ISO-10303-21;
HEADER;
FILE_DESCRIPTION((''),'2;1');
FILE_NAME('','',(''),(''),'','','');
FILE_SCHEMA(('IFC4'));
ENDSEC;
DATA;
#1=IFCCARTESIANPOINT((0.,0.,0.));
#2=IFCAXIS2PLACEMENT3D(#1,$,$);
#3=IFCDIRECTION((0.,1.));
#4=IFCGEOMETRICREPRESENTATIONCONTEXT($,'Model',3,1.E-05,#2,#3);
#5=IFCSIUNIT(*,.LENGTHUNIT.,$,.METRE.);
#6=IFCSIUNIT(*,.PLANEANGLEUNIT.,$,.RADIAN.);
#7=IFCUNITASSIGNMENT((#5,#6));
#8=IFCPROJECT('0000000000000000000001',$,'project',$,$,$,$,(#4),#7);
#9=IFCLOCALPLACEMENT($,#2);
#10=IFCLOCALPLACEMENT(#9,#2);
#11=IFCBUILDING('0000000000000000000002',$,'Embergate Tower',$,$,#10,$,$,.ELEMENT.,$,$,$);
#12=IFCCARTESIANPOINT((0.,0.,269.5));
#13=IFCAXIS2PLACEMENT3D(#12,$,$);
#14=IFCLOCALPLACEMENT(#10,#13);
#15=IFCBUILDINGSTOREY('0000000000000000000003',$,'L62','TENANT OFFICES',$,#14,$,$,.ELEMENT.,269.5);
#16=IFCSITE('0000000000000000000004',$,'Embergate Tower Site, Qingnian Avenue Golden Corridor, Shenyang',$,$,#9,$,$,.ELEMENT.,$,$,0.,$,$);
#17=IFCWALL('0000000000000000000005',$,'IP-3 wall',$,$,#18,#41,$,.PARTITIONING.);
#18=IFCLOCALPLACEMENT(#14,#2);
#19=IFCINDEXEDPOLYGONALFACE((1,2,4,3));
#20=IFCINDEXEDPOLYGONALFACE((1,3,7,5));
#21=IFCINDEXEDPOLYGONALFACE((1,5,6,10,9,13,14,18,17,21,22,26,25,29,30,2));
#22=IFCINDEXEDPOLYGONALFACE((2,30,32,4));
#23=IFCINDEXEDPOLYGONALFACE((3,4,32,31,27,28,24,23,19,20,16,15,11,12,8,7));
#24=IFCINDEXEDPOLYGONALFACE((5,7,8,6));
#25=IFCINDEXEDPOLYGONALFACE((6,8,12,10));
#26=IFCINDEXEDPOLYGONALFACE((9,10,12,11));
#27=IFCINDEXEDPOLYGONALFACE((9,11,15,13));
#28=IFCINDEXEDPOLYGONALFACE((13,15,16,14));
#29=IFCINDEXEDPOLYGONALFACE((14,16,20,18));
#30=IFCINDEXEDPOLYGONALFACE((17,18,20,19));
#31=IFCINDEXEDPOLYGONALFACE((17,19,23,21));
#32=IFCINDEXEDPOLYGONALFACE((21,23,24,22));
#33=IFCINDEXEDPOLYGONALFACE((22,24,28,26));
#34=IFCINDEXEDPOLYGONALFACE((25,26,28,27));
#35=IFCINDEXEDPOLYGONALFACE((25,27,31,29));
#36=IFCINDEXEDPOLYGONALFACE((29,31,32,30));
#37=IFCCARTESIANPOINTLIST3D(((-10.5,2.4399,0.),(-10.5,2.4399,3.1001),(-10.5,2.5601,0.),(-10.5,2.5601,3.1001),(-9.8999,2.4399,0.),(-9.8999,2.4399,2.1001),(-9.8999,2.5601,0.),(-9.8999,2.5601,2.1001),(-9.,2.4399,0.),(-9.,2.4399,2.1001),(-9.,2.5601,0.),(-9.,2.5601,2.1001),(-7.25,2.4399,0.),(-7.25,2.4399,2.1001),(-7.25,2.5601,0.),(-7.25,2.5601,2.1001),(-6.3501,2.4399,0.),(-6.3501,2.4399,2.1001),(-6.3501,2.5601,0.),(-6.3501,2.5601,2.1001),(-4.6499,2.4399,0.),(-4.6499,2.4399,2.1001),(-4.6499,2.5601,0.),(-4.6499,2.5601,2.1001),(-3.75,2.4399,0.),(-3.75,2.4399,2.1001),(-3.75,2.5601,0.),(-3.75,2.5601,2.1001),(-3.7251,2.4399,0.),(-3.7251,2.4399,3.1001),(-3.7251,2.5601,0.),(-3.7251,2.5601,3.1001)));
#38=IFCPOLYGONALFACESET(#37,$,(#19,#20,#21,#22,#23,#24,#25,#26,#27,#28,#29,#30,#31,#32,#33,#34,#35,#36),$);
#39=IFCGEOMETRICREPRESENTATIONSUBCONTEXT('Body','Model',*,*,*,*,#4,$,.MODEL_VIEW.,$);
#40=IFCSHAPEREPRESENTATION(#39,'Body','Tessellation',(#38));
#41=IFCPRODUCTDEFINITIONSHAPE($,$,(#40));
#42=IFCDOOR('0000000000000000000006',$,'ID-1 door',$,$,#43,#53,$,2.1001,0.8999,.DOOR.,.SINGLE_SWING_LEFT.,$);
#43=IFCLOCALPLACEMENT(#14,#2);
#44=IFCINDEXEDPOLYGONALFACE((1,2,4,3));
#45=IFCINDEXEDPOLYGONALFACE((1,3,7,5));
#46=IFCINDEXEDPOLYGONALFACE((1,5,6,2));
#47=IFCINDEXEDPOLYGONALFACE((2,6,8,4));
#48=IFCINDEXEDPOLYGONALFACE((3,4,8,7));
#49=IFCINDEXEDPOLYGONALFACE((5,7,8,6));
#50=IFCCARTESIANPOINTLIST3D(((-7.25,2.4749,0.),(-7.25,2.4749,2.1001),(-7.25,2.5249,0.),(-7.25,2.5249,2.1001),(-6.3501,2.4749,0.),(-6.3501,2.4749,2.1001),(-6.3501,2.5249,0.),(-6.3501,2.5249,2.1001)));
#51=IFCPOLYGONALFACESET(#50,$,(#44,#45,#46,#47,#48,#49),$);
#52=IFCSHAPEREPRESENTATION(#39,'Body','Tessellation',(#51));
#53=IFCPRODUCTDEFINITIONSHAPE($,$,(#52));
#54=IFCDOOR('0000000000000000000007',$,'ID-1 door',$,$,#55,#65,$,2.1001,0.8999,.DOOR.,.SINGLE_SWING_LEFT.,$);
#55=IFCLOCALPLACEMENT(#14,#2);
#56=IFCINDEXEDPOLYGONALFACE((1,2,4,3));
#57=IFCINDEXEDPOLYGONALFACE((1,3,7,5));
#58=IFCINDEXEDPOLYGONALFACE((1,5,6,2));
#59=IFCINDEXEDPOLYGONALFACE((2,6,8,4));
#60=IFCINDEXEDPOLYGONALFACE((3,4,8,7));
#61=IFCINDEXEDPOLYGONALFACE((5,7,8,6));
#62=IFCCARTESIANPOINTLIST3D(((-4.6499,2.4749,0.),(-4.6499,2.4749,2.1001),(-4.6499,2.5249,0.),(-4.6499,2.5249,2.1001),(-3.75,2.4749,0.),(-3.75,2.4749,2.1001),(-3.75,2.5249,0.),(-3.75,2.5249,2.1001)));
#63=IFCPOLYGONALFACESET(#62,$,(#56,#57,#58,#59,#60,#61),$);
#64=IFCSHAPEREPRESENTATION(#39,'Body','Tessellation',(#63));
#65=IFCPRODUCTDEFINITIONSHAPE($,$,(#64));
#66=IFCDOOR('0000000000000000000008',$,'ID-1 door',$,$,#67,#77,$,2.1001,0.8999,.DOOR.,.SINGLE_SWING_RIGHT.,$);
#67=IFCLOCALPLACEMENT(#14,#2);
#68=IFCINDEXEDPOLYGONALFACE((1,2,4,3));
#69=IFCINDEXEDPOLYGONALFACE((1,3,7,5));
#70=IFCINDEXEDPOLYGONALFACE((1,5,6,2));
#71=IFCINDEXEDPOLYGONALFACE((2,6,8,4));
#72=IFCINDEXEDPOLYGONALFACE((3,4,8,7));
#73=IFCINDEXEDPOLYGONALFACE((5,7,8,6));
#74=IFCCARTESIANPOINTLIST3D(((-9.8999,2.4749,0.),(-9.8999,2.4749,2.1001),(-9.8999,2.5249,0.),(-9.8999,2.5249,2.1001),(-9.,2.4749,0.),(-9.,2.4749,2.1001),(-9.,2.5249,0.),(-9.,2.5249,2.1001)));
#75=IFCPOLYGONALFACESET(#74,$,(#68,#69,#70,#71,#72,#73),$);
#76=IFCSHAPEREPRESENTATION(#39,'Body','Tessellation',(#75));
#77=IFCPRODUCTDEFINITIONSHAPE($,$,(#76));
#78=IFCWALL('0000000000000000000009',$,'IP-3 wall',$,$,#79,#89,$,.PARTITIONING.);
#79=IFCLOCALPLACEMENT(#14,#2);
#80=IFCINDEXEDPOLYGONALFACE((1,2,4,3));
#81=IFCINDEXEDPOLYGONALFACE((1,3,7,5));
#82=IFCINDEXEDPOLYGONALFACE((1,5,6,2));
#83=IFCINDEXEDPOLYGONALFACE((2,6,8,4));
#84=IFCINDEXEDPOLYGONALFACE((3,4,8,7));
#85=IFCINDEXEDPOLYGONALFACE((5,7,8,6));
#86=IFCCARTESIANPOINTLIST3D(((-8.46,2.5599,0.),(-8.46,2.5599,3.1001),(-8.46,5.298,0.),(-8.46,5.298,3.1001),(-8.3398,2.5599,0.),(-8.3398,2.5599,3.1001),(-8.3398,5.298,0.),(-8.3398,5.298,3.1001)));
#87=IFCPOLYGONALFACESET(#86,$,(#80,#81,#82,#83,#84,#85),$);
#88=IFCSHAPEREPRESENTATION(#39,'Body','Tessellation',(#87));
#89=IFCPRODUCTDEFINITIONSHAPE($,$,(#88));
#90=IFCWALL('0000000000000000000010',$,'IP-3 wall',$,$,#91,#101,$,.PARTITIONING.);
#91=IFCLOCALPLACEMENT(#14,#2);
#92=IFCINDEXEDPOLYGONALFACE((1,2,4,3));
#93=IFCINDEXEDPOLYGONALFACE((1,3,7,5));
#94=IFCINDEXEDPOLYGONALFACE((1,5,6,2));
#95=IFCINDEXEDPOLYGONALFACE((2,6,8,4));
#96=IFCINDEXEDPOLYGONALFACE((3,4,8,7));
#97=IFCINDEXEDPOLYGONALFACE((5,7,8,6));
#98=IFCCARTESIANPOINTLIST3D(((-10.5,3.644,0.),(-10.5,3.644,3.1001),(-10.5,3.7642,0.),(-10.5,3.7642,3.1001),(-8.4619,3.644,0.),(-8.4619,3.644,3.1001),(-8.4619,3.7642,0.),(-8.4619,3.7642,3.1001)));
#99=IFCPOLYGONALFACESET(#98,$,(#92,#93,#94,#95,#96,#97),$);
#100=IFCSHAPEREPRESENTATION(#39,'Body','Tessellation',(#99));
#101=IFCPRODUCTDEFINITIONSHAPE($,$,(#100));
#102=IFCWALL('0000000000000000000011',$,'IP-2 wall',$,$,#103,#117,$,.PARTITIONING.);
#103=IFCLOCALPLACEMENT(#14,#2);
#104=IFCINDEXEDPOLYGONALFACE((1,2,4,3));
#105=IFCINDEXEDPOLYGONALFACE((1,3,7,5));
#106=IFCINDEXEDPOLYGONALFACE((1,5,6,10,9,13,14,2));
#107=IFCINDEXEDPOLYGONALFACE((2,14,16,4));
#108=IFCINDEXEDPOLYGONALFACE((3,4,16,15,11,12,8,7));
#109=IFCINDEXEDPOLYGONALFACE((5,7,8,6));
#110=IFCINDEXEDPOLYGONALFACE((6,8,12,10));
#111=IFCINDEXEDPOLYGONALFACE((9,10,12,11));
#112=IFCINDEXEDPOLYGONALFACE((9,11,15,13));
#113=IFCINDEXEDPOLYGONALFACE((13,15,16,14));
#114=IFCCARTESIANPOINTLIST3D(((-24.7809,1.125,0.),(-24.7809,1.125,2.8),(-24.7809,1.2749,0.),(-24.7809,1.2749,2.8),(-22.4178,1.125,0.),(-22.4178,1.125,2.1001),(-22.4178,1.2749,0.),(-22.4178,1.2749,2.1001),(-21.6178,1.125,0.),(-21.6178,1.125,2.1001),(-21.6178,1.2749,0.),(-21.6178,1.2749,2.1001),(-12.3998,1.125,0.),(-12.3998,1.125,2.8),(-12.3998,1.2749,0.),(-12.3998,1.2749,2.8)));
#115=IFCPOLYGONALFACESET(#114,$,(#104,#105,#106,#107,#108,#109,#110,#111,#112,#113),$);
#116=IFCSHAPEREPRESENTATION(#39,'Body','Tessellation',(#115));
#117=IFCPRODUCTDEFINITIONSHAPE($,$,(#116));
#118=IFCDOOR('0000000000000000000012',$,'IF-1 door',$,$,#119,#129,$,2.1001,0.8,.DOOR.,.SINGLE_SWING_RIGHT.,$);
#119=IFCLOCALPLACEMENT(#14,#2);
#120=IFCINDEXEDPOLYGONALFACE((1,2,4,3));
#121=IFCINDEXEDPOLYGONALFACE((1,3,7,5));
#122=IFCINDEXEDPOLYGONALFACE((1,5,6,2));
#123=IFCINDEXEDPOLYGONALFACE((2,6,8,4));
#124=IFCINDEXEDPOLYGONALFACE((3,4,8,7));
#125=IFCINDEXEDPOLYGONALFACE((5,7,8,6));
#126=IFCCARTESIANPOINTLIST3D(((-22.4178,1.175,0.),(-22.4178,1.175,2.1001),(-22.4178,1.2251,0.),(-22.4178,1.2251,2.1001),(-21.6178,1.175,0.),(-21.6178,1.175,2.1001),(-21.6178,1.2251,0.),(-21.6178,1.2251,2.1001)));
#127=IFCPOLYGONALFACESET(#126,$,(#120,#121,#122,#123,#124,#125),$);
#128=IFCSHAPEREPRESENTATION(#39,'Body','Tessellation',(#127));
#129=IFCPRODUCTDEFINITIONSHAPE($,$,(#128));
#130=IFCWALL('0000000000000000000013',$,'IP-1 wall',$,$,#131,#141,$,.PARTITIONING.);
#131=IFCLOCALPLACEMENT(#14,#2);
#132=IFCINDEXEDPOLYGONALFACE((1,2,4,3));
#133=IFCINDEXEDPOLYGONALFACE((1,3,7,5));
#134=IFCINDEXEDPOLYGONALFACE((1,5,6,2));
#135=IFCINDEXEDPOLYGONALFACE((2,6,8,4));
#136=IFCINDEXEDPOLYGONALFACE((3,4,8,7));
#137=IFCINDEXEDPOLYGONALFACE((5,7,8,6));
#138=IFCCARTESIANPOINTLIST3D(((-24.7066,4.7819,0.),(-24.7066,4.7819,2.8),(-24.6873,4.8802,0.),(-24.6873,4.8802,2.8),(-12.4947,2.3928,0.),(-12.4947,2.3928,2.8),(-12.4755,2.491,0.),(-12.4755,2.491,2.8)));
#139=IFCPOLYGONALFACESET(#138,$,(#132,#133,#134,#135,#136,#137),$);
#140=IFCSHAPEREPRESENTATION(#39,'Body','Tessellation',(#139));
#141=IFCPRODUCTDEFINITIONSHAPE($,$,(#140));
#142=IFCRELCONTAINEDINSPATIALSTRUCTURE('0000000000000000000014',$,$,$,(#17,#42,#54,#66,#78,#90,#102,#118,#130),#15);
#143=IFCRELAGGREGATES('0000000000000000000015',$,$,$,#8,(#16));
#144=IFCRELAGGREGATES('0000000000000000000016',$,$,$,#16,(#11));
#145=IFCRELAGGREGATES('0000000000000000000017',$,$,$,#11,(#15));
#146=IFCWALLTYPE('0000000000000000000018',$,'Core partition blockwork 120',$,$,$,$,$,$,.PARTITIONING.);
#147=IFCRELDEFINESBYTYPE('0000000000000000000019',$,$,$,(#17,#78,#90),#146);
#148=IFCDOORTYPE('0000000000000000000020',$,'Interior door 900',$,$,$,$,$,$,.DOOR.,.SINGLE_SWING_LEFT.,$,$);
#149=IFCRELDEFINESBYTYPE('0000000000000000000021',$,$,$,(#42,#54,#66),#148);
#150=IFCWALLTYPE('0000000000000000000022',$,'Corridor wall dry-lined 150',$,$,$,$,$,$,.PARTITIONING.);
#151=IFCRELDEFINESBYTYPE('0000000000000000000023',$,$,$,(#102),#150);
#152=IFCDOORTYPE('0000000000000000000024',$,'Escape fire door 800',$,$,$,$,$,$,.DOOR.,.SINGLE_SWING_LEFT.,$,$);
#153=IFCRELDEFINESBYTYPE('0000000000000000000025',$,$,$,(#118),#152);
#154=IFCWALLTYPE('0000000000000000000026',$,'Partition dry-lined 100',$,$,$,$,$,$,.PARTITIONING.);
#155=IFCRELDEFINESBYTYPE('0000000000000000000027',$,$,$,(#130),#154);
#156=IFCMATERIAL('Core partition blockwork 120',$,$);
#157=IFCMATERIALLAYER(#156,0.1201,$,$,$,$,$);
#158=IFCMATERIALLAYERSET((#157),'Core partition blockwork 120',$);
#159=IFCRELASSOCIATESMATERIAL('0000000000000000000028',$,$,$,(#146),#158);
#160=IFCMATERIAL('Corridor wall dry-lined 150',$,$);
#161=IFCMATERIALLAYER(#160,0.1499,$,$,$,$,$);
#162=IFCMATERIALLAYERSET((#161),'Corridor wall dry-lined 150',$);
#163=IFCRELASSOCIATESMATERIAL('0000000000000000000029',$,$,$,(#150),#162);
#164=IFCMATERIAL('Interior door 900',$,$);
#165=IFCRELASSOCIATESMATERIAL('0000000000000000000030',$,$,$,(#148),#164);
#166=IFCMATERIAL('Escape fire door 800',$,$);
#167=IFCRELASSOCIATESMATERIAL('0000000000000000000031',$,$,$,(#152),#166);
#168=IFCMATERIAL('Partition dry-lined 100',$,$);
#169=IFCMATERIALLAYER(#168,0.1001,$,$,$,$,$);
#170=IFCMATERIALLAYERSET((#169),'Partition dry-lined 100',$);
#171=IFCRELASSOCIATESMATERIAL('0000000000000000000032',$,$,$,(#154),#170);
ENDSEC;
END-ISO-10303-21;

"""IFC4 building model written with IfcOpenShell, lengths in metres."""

from ifc_helpers import new_model, si_unit, direction, frame, frame_2d, origin, place, context, subcontext, project, spatial, rectangle, extrude, source, transform, mapped, material, layer, layer_set, type_object, element, fill, save


model = new_model("IFC4")

# Units and contexts
model_context = context("Model", 3, precision=1e-05, world=origin(), true_north=direction((0.0, 1.0)))
body_context = subcontext(model_context, "Body", "Model", "MODEL_VIEW")
ifc_project = project(units=[si_unit("LENGTHUNIT", "METRE"), si_unit("PLANEANGLEUNIT", "RADIAN")], contexts=[model_context])

# Site, building, storey
site_placement = place(None, origin())
site = spatial("IfcSite", under=ifc_project, at=site_placement, Name="Embergate Tower Site, Qingnian Avenue Golden Corridor, Shenyang", CompositionType="ELEMENT", RefElevation=0.0)
building_placement = place(site_placement, origin())
building = spatial("IfcBuilding", under=site, at=building_placement, Name="Embergate Tower", CompositionType="ELEMENT")
storey_placement = place(building_placement, frame((0.0, 0.0, 269.5)))
storey = spatial("IfcBuildingStorey", under=building, at=storey_placement, Name="L62", Description="TENANT OFFICES", CompositionType="ELEMENT", Elevation=269.5)

# Shared definitions
ifc_material_1 = material(Name="Core partition blockwork 120")
ifc_layer_1 = layer(ifc_material_1, 0.1201)
ifc_layer_set_1 = layer_set([ifc_layer_1], Name="Core partition blockwork 120")
wall_type_1 = type_object("IfcWallType", Name="Core partition blockwork 120", PredefinedType="PARTITIONING", material=ifc_layer_set_1)
ifc_material_2 = material(Name="Corridor wall dry-lined 150")
ifc_layer_2 = layer(ifc_material_2, 0.1499)
ifc_layer_set_2 = layer_set([ifc_layer_2], Name="Corridor wall dry-lined 150")
wall_type_2 = type_object("IfcWallType", Name="Corridor wall dry-lined 150", PredefinedType="PARTITIONING", material=ifc_layer_set_2)

# Wall, openings, doors
shared_shape_1 = source(origin(), body_context, "Body", "SweptSolid", [
    extrude(rectangle(XDim=6.7749, YDim=0.1201, at=frame_2d((3.3875, 0.0))), origin(), (0.0, 0.0, 1.0), 3.1001),
])
wall_1_placement = place(storey_placement, frame((-10.5, 2.5, 0.0), z_axis=(0.0, 0.0, 1.0), x_axis=(1.0, 0.0, 0.0)))
wall_1 = element("IfcWall", 1, at=wall_1_placement, inside=storey, type_object=wall_type_1, Name="IP-3 wall", PredefinedType="PARTITIONING", context=body_context, shape_type="MappedRepresentation", body=[
    mapped(shared_shape_1, transform((0.0, 0.0, 0.0))),
])
shared_shape_2 = source(origin(), body_context, "Body", "SweptSolid", [
    extrude(rectangle(XDim=0.8999, YDim=2.1001, at=frame_2d((0.45, 1.05))), frame((0.0, 0.0701, 0.0), z_axis=(0.0, -1.0, 0.0), x_axis=(1.0, 0.0, 0.0)), (0.0, 0.0, 1.0), 0.1401),
])
opening_1_placement = place(wall_1_placement, frame((3.25, 0.0, 0.0)))
opening_1 = element("IfcOpeningElement", 2, at=opening_1_placement, cuts=wall_1, PredefinedType="OPENING", context=body_context, shape_type="MappedRepresentation", body=[
    mapped(shared_shape_2, transform((0.0, 0.0, 0.0))),
])
opening_2_placement = place(wall_1_placement, frame((5.8501, 0.0, 0.0)))
opening_2 = element("IfcOpeningElement", 3, at=opening_2_placement, cuts=wall_1, PredefinedType="OPENING", context=body_context, shape_type="MappedRepresentation", body=[
    mapped(shared_shape_2, transform((0.0, 0.0, 0.0))),
])
opening_3_placement = place(wall_1_placement, frame((0.6001, 0.0, 0.0)))
opening_3 = element("IfcOpeningElement", 4, at=opening_3_placement, cuts=wall_1, PredefinedType="OPENING", context=body_context, shape_type="MappedRepresentation", body=[
    mapped(shared_shape_2, transform((0.0, 0.0, 0.0))),
])
ifc_material_3 = material(Name="Interior door 900")
door_type_1 = type_object("IfcDoorType", Name="Interior door 900", OperationType="SINGLE_SWING_LEFT", PredefinedType="DOOR", material=ifc_material_3)
shared_shape_3 = source(origin(), body_context, "Body", "SweptSolid", [
    extrude(rectangle(XDim=0.8999, YDim=2.1001, at=frame_2d((0.45, 1.05))), frame((0.0, 0.0249, 0.0), z_axis=(0.0, -1.0, 0.0), x_axis=(1.0, 0.0, 0.0)), (0.0, 0.0, 1.0), 0.05),
])
door_1_placement = place(opening_1_placement, origin())
door_1 = element("IfcDoor", 5, at=door_1_placement, inside=storey, type_object=door_type_1, Name="ID-1 door", OperationType="SINGLE_SWING_LEFT", OverallHeight=2.1001, OverallWidth=0.8999, PredefinedType="DOOR", context=body_context, shape_type="MappedRepresentation", body=[
    mapped(shared_shape_3, transform((0.0, 0.0, 0.0))),
])
fill(opening_1, door_1)
door_2_placement = place(opening_2_placement, origin())
door_2 = element("IfcDoor", 6, at=door_2_placement, inside=storey, type_object=door_type_1, Name="ID-1 door", OperationType="SINGLE_SWING_LEFT", OverallHeight=2.1001, OverallWidth=0.8999, PredefinedType="DOOR", context=body_context, shape_type="MappedRepresentation", body=[
    mapped(shared_shape_3, transform((0.0, 0.0, 0.0))),
])
fill(opening_2, door_2)
door_3_placement = place(opening_3_placement, origin())
door_3 = element("IfcDoor", 7, at=door_3_placement, inside=storey, type_object=door_type_1, Name="ID-1 door", OperationType="SINGLE_SWING_RIGHT", OverallHeight=2.1001, OverallWidth=0.8999, PredefinedType="DOOR", context=body_context, shape_type="MappedRepresentation", body=[
    mapped(shared_shape_3, transform((0.0, 0.0, 0.0))),
])
fill(opening_3, door_3)

# Walls
shared_shape_4 = source(origin(), body_context, "Body", "SweptSolid", [
    extrude(rectangle(XDim=2.738, YDim=0.1201, at=frame_2d((1.3691, 0.0))), origin(), (0.0, 0.0, 1.0), 3.1001),
])
wall_2_placement = place(storey_placement, frame((-8.3999, 5.2981, 0.0), z_axis=(0.0, 0.0, 1.0), x_axis=(0.0, -1.0, 0.0)))
element("IfcWall", 8, at=wall_2_placement, inside=storey, type_object=wall_type_1, Name="IP-3 wall", PredefinedType="PARTITIONING", context=body_context, shape_type="MappedRepresentation", body=[
    mapped(shared_shape_4, transform((0.0, 0.0, 0.0))),
])
shared_shape_5 = source(origin(), body_context, "Body", "SweptSolid", [
    extrude(rectangle(XDim=2.0381, YDim=0.1201, at=frame_2d((1.019, 0.0))), origin(), (0.0, 0.0, 1.0), 3.1001),
])
wall_3_placement = place(storey_placement, frame((-8.4619, 3.7041, 0.0), z_axis=(0.0, 0.0, 1.0), x_axis=(-1.0, 0.0, 0.0)))
element("IfcWall", 9, at=wall_3_placement, inside=storey, type_object=wall_type_1, Name="IP-3 wall", PredefinedType="PARTITIONING", context=body_context, shape_type="MappedRepresentation", body=[
    mapped(shared_shape_5, transform((0.0, 0.0, 0.0))),
])

# Wall, opening, door
shared_shape_6 = source(origin(), body_context, "Body", "SweptSolid", [
    extrude(rectangle(XDim=12.3811, YDim=0.1499, at=frame_2d((6.1904, 0.0))), origin(), (0.0, 0.0, 1.0), 2.8),
])
wall_4_placement = place(storey_placement, frame((-12.3999, 1.2, 0.0), z_axis=(0.0, 0.0, 1.0), x_axis=(-1.0, 0.0, 0.0)))
wall_4 = element("IfcWall", 10, at=wall_4_placement, inside=storey, type_object=wall_type_2, Name="IP-2 wall", PredefinedType="PARTITIONING", context=body_context, shape_type="MappedRepresentation", body=[
    mapped(shared_shape_6, transform((0.0, 0.0, 0.0))),
])
shared_shape_7 = source(origin(), body_context, "Body", "SweptSolid", [
    extrude(rectangle(XDim=0.8, YDim=2.1001, at=frame_2d((0.3999, 1.05))), frame((0.0, 0.085, 0.0), z_axis=(0.0, -1.0, 0.0), x_axis=(1.0, 0.0, 0.0)), (0.0, 0.0, 1.0), 0.1699),
])
opening_4_placement = place(wall_4_placement, frame((9.218, 0.0, 0.0)))
opening_4 = element("IfcOpeningElement", 11, at=opening_4_placement, cuts=wall_4, PredefinedType="OPENING", context=body_context, shape_type="MappedRepresentation", body=[
    mapped(shared_shape_7, transform((0.0, 0.0, 0.0))),
])
ifc_material_4 = material(Name="Escape fire door 800")
door_type_2 = type_object("IfcDoorType", Name="Escape fire door 800", OperationType="SINGLE_SWING_LEFT", PredefinedType="DOOR", material=ifc_material_4)
shared_shape_8 = source(origin(), body_context, "Body", "SweptSolid", [
    extrude(rectangle(XDim=0.8, YDim=2.1001, at=frame_2d((0.3999, 1.05))), frame((0.0, 0.0249, 0.0), z_axis=(0.0, -1.0, 0.0), x_axis=(1.0, 0.0, 0.0)), (0.0, 0.0, 1.0), 0.05),
])
door_4_placement = place(opening_4_placement, origin())
door_4 = element("IfcDoor", 12, at=door_4_placement, inside=storey, type_object=door_type_2, Name="IF-1 door", OperationType="SINGLE_SWING_RIGHT", OverallHeight=2.1001, OverallWidth=0.8, PredefinedType="DOOR", context=body_context, shape_type="MappedRepresentation", body=[
    mapped(shared_shape_8, transform((0.0, 0.0, 0.0))),
])
fill(opening_4, door_4)

# Wall
ifc_material_5 = material(Name="Partition dry-lined 100")
ifc_layer_3 = layer(ifc_material_5, 0.1001)
ifc_layer_set_3 = layer_set([ifc_layer_3], Name="Partition dry-lined 100")
wall_type_3 = type_object("IfcWallType", Name="Partition dry-lined 100", PredefinedType="PARTITIONING", material=ifc_layer_set_3)
shared_shape_9 = source(origin(), body_context, "Body", "SweptSolid", [
    extrude(rectangle(XDim=12.4434, YDim=0.1001, at=frame_2d((6.2217, 0.0))), origin(), (0.0, 0.0, 1.0), 2.8),
])
wall_5_placement = place(storey_placement, frame((-12.4851, 2.4419, 0.0), z_axis=(0.0, 0.0, 1.0), x_axis=(-0.981395, 0.192002, 0.0)))
element("IfcWall", 13, at=wall_5_placement, inside=storey, type_object=wall_type_3, Name="IP-1 wall", PredefinedType="PARTITIONING", context=body_context, shape_type="MappedRepresentation", body=[
    mapped(shared_shape_9, transform((0.0, 0.0, 0.0))),
])

save(model, "model.ifc")
